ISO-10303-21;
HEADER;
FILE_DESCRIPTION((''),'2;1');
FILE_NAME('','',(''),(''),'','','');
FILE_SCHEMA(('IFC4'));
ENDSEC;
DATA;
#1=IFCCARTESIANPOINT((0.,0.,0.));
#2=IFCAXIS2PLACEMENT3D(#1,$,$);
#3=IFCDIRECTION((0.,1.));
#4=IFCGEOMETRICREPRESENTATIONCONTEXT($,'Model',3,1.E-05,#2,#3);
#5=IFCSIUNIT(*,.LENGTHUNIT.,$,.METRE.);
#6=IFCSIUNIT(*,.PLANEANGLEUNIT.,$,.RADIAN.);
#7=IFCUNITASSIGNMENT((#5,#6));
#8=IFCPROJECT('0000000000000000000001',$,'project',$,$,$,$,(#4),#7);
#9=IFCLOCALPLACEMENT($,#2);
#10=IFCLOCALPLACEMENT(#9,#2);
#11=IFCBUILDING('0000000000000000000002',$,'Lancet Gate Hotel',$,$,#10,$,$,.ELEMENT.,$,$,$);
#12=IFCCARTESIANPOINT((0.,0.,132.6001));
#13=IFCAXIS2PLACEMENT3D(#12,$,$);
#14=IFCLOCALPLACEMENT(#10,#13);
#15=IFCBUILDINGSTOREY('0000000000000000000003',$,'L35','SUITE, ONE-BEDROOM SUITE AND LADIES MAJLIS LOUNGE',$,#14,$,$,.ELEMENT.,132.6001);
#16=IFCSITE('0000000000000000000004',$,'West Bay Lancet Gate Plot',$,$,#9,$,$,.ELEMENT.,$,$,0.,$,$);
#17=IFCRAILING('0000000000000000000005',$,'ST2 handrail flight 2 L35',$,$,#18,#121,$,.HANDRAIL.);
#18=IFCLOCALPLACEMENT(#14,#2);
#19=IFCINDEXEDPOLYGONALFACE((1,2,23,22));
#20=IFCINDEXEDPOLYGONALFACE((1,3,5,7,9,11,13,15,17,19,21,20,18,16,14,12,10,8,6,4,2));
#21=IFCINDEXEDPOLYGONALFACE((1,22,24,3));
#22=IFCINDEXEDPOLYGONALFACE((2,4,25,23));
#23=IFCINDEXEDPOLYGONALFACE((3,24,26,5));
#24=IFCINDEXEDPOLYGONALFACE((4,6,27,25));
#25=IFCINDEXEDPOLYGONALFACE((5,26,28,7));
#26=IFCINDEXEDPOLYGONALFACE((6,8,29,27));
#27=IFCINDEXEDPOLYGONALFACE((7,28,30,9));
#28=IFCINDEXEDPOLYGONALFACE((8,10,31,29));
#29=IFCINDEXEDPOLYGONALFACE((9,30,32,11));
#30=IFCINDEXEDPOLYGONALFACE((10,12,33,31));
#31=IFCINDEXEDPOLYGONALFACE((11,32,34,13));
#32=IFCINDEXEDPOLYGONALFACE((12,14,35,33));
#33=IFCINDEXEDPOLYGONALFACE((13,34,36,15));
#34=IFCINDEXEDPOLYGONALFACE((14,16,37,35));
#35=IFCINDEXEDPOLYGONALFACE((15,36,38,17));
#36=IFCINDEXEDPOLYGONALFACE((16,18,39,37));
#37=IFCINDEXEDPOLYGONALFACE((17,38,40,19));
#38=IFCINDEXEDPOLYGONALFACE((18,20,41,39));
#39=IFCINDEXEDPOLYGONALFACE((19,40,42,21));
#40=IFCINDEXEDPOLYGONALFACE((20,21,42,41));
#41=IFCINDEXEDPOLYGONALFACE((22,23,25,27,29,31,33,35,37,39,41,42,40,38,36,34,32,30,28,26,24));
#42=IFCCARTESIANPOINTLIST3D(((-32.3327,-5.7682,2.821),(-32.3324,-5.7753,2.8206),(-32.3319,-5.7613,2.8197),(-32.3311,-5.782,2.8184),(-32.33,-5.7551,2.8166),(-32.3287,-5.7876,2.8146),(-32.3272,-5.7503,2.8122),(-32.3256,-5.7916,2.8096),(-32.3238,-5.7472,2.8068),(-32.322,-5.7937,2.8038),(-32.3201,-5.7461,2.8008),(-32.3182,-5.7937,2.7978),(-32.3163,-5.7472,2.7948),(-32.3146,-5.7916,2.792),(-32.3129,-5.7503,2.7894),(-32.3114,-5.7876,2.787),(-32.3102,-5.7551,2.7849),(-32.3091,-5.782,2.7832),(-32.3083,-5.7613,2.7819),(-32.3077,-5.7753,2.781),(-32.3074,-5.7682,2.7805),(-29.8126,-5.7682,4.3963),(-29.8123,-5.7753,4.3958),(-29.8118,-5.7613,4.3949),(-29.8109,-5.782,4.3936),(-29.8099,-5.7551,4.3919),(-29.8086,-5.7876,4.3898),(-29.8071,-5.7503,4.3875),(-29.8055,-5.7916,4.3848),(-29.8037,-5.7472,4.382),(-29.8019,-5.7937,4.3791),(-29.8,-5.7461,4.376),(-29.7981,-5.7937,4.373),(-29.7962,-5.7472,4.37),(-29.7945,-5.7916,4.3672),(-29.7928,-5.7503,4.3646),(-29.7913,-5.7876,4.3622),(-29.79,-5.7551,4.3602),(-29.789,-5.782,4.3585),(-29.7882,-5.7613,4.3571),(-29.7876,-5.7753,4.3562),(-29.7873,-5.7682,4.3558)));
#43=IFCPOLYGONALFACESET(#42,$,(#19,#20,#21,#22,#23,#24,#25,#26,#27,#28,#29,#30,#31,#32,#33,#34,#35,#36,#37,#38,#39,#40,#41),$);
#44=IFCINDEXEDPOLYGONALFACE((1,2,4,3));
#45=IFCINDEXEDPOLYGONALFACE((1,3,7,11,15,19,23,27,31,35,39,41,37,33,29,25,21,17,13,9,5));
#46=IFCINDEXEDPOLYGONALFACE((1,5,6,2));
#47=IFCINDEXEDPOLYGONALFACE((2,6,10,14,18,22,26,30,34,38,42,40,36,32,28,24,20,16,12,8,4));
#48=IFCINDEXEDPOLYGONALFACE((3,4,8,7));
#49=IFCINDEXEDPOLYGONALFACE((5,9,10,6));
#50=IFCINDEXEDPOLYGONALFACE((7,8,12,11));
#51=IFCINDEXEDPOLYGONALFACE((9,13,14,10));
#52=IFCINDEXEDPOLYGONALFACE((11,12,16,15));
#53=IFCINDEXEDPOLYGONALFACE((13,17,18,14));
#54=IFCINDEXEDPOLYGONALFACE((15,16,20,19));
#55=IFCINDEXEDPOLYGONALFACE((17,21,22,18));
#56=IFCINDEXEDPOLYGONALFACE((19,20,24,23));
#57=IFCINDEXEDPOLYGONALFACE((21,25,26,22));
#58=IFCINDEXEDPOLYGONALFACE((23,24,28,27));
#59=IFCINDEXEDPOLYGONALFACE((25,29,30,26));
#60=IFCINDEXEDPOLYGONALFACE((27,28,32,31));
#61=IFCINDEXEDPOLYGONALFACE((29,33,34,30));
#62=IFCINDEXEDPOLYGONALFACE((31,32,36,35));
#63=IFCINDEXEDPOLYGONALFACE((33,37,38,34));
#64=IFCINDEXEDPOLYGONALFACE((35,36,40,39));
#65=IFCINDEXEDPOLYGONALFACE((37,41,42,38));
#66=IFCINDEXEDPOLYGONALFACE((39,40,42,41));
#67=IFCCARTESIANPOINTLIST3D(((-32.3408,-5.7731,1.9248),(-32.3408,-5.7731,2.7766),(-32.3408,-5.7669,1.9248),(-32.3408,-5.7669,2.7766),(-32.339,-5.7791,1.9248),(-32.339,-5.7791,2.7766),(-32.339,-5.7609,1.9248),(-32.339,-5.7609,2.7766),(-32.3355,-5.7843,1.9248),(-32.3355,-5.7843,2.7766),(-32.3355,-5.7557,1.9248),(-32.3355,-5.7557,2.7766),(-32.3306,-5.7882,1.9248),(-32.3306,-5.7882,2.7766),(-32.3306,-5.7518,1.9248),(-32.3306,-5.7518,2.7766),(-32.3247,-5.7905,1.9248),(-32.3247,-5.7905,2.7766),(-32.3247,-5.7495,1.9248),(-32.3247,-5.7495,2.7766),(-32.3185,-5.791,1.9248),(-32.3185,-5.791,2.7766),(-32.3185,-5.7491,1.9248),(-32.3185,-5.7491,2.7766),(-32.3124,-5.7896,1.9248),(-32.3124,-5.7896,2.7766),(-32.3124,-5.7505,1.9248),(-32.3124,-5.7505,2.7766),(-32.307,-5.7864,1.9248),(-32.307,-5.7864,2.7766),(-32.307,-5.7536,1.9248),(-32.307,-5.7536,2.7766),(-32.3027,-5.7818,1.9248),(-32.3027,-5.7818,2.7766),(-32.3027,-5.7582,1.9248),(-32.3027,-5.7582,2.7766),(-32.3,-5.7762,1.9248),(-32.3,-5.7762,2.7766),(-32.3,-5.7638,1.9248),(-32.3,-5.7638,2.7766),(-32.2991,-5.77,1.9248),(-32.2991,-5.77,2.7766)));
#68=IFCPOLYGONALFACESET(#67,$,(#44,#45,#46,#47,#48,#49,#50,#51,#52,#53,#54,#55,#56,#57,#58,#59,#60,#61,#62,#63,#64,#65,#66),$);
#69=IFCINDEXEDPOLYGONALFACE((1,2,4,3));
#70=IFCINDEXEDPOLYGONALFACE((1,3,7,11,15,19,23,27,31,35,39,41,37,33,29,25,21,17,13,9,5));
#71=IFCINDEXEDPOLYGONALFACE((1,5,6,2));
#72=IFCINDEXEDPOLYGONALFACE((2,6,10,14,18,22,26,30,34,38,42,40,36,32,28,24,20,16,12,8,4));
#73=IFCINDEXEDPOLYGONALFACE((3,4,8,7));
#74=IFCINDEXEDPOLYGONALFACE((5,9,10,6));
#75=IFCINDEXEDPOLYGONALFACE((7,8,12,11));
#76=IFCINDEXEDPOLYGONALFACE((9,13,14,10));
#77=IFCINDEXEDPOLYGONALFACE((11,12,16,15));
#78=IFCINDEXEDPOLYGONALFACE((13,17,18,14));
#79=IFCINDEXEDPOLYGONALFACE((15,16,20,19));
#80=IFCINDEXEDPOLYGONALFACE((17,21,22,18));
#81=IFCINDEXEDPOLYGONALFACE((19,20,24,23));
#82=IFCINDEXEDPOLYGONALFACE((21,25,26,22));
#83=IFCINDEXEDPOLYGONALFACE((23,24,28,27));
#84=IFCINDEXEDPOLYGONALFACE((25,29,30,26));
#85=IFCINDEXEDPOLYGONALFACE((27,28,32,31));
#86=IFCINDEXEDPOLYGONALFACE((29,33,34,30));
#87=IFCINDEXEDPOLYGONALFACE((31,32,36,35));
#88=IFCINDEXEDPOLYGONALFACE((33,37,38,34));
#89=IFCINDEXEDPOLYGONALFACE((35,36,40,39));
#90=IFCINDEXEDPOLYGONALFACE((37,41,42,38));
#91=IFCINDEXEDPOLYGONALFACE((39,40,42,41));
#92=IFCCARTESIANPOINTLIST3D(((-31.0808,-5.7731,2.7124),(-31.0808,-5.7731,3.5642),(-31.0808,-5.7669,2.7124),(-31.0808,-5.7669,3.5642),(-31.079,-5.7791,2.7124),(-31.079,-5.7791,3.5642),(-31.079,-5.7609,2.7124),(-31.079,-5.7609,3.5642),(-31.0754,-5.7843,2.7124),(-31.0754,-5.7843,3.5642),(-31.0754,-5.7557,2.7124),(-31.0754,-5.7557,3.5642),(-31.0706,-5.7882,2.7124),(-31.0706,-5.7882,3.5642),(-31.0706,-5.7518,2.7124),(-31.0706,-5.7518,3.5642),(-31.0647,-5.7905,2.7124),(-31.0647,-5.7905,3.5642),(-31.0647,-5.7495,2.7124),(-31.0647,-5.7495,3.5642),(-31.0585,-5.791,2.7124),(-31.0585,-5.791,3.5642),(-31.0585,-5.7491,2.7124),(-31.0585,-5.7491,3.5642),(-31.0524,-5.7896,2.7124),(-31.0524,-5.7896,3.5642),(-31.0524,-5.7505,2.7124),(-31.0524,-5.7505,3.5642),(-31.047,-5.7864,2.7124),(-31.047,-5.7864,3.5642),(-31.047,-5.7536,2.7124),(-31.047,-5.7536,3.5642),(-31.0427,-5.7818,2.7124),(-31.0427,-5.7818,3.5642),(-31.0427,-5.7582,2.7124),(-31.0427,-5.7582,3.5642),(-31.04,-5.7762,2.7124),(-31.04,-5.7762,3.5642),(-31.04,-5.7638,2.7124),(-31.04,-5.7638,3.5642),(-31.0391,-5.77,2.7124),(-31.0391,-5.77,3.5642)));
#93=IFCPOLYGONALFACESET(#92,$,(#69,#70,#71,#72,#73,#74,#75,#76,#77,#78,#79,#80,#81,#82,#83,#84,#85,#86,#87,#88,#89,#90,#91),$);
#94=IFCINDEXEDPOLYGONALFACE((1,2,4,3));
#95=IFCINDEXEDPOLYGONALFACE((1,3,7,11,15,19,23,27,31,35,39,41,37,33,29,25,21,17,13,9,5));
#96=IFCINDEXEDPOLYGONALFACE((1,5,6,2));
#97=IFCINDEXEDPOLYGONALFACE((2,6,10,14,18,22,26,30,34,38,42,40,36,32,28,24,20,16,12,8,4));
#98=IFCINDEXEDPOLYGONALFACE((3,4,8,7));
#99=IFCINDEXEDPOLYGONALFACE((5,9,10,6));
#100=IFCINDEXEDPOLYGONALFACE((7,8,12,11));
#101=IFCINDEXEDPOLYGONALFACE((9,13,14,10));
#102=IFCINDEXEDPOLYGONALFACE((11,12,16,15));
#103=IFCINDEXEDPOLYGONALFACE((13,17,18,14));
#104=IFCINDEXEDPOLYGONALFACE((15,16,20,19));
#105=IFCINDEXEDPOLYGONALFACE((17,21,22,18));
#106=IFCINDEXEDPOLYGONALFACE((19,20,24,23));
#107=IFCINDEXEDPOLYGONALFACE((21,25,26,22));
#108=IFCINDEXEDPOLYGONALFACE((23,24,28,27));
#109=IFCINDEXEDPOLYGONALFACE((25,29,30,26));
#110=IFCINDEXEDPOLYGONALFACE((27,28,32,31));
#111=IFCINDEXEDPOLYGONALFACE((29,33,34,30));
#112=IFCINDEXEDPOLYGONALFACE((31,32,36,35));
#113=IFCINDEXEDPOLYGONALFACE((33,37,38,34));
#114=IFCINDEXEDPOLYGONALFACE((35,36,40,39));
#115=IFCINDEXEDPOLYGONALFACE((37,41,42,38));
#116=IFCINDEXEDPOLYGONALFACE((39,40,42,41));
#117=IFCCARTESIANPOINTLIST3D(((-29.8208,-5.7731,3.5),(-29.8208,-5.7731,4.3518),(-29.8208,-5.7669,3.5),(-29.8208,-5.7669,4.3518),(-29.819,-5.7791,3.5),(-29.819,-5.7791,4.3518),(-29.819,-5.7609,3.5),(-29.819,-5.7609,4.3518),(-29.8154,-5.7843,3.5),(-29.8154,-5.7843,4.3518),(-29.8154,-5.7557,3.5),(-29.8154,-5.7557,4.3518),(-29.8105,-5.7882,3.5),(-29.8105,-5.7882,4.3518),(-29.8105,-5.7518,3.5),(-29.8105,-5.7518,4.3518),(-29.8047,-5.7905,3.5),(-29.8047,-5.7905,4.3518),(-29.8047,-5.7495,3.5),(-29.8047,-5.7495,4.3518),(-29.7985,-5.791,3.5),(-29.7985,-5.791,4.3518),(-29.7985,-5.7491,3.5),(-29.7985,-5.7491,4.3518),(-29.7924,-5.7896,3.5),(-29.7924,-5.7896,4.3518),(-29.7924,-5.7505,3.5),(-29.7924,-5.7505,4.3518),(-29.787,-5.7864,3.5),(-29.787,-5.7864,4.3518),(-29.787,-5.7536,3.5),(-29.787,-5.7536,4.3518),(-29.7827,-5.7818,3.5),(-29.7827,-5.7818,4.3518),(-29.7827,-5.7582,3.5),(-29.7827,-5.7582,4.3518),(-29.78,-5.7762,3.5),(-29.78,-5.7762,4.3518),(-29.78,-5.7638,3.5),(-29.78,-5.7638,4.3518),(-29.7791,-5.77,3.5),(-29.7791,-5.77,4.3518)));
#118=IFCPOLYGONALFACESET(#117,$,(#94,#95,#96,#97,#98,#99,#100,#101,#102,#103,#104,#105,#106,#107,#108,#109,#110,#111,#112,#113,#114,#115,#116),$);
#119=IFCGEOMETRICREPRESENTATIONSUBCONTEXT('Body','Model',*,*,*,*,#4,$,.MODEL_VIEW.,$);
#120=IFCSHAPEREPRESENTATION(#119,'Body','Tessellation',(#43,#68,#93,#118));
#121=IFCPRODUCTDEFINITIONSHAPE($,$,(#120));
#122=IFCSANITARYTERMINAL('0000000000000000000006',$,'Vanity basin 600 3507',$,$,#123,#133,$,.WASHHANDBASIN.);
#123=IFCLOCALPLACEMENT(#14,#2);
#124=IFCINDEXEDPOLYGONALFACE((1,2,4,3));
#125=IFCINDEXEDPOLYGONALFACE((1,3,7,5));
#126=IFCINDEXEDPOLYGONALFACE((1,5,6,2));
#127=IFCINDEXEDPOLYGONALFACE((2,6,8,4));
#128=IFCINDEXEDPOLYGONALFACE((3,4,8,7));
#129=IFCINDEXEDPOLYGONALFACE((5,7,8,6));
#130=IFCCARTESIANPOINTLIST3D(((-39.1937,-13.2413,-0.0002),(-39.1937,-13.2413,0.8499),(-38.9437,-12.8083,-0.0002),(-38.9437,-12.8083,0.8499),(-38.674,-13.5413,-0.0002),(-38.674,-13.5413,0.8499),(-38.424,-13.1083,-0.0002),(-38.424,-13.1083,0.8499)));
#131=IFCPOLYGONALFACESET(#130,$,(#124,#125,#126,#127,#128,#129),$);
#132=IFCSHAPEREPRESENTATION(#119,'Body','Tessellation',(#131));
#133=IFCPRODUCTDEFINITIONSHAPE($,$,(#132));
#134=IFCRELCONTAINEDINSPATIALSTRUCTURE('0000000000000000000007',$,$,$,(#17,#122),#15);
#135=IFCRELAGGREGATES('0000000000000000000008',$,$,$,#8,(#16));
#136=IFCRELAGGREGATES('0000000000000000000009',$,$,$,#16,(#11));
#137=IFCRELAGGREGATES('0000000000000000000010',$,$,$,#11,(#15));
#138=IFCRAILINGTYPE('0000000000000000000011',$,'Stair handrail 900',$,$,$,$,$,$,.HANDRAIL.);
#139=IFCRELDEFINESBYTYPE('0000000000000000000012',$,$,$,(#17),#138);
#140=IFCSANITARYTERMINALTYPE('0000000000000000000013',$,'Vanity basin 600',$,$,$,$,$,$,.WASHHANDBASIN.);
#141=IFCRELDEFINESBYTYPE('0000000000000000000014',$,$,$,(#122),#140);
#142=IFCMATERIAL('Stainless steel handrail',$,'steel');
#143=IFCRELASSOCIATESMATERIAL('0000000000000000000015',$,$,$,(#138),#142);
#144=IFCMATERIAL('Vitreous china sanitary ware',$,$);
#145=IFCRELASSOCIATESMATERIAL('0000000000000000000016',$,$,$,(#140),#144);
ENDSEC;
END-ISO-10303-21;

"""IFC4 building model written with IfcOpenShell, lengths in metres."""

from ifc_helpers import new_model, si_unit, direction, frame, origin, origin_2d, place, context, subcontext, project, spatial, rectangle, circle, extrude, material, type_object, element, save


model = new_model("IFC4")

# Units and contexts
model_context = context("Model", 3, precision=1e-05, world=origin(), true_north=direction((0.0, 1.0)))
body_context = subcontext(model_context, "Body", "Model", "MODEL_VIEW")
ifc_project = project(units=[si_unit("LENGTHUNIT", "METRE"), si_unit("PLANEANGLEUNIT", "RADIAN")], contexts=[model_context])

# Site, building, storey
site_placement = place(None, origin())
site = spatial("IfcSite", under=ifc_project, at=site_placement, Name="West Bay Lancet Gate Plot", CompositionType="ELEMENT", RefElevation=0.0)
building_placement = place(site_placement, origin())
building = spatial("IfcBuilding", under=site, at=building_placement, Name="Lancet Gate Hotel", CompositionType="ELEMENT")
storey_placement = place(building_placement, frame((0.0, 0.0, 132.6001)))
storey = spatial("IfcBuildingStorey", under=building, at=storey_placement, Name="L35", Description="SUITE, ONE-BEDROOM SUITE AND LADIES MAJLIS LOUNGE", CompositionType="ELEMENT", Elevation=132.6001)

# Railing
ifc_material_1 = material(Name="Stainless steel handrail", Category="steel")
railing_type = type_object("IfcRailingType", Name="Stair handrail 900", PredefinedType="HANDRAIL", material=ifc_material_1)
railing_placement = place(storey_placement, frame((-32.3201, -5.77, 1.9248)))
element("IfcRailing", 1, at=railing_placement, inside=storey, type_object=railing_type, Name="ST2 handrail flight 2 L35", PredefinedType="HANDRAIL", context=body_context, shape_type="SweptSolid", body=[
    extrude(circle(Radius=0.0239, at=origin_2d()), frame((0.0, 0.0, 0.876), z_axis=(0.847971, 0.0, 0.530043), x_axis=(0.0, 1.0, 0.0)), (0.0, 0.0, 1.0), 2.9719),
    extrude(circle(Radius=0.021, at=origin_2d()), origin(), (0.0, 0.0, 1.0), 0.8518),
    extrude(circle(Radius=0.021, at=origin_2d()), frame((1.26, 0.0, 0.7876)), (0.0, 0.0, 1.0), 0.8518),
    extrude(circle(Radius=0.021, at=origin_2d()), frame((2.52, 0.0, 1.5752)), (0.0, 0.0, 1.0), 0.8518),
])

# Sanitary terminal
ifc_material_2 = material(Name="Vitreous china sanitary ware")
sanitary_terminal_type = type_object("IfcSanitaryTerminalType", Name="Vanity basin 600", PredefinedType="WASHHANDBASIN", material=ifc_material_2)
sanitary_terminal_placement = place(storey_placement, frame((-38.8088, -13.1748, -0.0002), z_axis=(0.0, 0.0, 1.0), x_axis=(-0.866025, 0.5, 0.0)))
element("IfcSanitaryTerminal", 2, at=sanitary_terminal_placement, inside=storey, type_object=sanitary_terminal_type, Name="Vanity basin 600 3507", PredefinedType="WASHHANDBASIN", context=body_context, shape_type="SweptSolid", body=[
    extrude(rectangle(XDim=0.6001, YDim=0.5, at=origin_2d()), origin(), (0.0, 0.0, 1.0), 0.8501),
])

save(model, "model.ifc")
